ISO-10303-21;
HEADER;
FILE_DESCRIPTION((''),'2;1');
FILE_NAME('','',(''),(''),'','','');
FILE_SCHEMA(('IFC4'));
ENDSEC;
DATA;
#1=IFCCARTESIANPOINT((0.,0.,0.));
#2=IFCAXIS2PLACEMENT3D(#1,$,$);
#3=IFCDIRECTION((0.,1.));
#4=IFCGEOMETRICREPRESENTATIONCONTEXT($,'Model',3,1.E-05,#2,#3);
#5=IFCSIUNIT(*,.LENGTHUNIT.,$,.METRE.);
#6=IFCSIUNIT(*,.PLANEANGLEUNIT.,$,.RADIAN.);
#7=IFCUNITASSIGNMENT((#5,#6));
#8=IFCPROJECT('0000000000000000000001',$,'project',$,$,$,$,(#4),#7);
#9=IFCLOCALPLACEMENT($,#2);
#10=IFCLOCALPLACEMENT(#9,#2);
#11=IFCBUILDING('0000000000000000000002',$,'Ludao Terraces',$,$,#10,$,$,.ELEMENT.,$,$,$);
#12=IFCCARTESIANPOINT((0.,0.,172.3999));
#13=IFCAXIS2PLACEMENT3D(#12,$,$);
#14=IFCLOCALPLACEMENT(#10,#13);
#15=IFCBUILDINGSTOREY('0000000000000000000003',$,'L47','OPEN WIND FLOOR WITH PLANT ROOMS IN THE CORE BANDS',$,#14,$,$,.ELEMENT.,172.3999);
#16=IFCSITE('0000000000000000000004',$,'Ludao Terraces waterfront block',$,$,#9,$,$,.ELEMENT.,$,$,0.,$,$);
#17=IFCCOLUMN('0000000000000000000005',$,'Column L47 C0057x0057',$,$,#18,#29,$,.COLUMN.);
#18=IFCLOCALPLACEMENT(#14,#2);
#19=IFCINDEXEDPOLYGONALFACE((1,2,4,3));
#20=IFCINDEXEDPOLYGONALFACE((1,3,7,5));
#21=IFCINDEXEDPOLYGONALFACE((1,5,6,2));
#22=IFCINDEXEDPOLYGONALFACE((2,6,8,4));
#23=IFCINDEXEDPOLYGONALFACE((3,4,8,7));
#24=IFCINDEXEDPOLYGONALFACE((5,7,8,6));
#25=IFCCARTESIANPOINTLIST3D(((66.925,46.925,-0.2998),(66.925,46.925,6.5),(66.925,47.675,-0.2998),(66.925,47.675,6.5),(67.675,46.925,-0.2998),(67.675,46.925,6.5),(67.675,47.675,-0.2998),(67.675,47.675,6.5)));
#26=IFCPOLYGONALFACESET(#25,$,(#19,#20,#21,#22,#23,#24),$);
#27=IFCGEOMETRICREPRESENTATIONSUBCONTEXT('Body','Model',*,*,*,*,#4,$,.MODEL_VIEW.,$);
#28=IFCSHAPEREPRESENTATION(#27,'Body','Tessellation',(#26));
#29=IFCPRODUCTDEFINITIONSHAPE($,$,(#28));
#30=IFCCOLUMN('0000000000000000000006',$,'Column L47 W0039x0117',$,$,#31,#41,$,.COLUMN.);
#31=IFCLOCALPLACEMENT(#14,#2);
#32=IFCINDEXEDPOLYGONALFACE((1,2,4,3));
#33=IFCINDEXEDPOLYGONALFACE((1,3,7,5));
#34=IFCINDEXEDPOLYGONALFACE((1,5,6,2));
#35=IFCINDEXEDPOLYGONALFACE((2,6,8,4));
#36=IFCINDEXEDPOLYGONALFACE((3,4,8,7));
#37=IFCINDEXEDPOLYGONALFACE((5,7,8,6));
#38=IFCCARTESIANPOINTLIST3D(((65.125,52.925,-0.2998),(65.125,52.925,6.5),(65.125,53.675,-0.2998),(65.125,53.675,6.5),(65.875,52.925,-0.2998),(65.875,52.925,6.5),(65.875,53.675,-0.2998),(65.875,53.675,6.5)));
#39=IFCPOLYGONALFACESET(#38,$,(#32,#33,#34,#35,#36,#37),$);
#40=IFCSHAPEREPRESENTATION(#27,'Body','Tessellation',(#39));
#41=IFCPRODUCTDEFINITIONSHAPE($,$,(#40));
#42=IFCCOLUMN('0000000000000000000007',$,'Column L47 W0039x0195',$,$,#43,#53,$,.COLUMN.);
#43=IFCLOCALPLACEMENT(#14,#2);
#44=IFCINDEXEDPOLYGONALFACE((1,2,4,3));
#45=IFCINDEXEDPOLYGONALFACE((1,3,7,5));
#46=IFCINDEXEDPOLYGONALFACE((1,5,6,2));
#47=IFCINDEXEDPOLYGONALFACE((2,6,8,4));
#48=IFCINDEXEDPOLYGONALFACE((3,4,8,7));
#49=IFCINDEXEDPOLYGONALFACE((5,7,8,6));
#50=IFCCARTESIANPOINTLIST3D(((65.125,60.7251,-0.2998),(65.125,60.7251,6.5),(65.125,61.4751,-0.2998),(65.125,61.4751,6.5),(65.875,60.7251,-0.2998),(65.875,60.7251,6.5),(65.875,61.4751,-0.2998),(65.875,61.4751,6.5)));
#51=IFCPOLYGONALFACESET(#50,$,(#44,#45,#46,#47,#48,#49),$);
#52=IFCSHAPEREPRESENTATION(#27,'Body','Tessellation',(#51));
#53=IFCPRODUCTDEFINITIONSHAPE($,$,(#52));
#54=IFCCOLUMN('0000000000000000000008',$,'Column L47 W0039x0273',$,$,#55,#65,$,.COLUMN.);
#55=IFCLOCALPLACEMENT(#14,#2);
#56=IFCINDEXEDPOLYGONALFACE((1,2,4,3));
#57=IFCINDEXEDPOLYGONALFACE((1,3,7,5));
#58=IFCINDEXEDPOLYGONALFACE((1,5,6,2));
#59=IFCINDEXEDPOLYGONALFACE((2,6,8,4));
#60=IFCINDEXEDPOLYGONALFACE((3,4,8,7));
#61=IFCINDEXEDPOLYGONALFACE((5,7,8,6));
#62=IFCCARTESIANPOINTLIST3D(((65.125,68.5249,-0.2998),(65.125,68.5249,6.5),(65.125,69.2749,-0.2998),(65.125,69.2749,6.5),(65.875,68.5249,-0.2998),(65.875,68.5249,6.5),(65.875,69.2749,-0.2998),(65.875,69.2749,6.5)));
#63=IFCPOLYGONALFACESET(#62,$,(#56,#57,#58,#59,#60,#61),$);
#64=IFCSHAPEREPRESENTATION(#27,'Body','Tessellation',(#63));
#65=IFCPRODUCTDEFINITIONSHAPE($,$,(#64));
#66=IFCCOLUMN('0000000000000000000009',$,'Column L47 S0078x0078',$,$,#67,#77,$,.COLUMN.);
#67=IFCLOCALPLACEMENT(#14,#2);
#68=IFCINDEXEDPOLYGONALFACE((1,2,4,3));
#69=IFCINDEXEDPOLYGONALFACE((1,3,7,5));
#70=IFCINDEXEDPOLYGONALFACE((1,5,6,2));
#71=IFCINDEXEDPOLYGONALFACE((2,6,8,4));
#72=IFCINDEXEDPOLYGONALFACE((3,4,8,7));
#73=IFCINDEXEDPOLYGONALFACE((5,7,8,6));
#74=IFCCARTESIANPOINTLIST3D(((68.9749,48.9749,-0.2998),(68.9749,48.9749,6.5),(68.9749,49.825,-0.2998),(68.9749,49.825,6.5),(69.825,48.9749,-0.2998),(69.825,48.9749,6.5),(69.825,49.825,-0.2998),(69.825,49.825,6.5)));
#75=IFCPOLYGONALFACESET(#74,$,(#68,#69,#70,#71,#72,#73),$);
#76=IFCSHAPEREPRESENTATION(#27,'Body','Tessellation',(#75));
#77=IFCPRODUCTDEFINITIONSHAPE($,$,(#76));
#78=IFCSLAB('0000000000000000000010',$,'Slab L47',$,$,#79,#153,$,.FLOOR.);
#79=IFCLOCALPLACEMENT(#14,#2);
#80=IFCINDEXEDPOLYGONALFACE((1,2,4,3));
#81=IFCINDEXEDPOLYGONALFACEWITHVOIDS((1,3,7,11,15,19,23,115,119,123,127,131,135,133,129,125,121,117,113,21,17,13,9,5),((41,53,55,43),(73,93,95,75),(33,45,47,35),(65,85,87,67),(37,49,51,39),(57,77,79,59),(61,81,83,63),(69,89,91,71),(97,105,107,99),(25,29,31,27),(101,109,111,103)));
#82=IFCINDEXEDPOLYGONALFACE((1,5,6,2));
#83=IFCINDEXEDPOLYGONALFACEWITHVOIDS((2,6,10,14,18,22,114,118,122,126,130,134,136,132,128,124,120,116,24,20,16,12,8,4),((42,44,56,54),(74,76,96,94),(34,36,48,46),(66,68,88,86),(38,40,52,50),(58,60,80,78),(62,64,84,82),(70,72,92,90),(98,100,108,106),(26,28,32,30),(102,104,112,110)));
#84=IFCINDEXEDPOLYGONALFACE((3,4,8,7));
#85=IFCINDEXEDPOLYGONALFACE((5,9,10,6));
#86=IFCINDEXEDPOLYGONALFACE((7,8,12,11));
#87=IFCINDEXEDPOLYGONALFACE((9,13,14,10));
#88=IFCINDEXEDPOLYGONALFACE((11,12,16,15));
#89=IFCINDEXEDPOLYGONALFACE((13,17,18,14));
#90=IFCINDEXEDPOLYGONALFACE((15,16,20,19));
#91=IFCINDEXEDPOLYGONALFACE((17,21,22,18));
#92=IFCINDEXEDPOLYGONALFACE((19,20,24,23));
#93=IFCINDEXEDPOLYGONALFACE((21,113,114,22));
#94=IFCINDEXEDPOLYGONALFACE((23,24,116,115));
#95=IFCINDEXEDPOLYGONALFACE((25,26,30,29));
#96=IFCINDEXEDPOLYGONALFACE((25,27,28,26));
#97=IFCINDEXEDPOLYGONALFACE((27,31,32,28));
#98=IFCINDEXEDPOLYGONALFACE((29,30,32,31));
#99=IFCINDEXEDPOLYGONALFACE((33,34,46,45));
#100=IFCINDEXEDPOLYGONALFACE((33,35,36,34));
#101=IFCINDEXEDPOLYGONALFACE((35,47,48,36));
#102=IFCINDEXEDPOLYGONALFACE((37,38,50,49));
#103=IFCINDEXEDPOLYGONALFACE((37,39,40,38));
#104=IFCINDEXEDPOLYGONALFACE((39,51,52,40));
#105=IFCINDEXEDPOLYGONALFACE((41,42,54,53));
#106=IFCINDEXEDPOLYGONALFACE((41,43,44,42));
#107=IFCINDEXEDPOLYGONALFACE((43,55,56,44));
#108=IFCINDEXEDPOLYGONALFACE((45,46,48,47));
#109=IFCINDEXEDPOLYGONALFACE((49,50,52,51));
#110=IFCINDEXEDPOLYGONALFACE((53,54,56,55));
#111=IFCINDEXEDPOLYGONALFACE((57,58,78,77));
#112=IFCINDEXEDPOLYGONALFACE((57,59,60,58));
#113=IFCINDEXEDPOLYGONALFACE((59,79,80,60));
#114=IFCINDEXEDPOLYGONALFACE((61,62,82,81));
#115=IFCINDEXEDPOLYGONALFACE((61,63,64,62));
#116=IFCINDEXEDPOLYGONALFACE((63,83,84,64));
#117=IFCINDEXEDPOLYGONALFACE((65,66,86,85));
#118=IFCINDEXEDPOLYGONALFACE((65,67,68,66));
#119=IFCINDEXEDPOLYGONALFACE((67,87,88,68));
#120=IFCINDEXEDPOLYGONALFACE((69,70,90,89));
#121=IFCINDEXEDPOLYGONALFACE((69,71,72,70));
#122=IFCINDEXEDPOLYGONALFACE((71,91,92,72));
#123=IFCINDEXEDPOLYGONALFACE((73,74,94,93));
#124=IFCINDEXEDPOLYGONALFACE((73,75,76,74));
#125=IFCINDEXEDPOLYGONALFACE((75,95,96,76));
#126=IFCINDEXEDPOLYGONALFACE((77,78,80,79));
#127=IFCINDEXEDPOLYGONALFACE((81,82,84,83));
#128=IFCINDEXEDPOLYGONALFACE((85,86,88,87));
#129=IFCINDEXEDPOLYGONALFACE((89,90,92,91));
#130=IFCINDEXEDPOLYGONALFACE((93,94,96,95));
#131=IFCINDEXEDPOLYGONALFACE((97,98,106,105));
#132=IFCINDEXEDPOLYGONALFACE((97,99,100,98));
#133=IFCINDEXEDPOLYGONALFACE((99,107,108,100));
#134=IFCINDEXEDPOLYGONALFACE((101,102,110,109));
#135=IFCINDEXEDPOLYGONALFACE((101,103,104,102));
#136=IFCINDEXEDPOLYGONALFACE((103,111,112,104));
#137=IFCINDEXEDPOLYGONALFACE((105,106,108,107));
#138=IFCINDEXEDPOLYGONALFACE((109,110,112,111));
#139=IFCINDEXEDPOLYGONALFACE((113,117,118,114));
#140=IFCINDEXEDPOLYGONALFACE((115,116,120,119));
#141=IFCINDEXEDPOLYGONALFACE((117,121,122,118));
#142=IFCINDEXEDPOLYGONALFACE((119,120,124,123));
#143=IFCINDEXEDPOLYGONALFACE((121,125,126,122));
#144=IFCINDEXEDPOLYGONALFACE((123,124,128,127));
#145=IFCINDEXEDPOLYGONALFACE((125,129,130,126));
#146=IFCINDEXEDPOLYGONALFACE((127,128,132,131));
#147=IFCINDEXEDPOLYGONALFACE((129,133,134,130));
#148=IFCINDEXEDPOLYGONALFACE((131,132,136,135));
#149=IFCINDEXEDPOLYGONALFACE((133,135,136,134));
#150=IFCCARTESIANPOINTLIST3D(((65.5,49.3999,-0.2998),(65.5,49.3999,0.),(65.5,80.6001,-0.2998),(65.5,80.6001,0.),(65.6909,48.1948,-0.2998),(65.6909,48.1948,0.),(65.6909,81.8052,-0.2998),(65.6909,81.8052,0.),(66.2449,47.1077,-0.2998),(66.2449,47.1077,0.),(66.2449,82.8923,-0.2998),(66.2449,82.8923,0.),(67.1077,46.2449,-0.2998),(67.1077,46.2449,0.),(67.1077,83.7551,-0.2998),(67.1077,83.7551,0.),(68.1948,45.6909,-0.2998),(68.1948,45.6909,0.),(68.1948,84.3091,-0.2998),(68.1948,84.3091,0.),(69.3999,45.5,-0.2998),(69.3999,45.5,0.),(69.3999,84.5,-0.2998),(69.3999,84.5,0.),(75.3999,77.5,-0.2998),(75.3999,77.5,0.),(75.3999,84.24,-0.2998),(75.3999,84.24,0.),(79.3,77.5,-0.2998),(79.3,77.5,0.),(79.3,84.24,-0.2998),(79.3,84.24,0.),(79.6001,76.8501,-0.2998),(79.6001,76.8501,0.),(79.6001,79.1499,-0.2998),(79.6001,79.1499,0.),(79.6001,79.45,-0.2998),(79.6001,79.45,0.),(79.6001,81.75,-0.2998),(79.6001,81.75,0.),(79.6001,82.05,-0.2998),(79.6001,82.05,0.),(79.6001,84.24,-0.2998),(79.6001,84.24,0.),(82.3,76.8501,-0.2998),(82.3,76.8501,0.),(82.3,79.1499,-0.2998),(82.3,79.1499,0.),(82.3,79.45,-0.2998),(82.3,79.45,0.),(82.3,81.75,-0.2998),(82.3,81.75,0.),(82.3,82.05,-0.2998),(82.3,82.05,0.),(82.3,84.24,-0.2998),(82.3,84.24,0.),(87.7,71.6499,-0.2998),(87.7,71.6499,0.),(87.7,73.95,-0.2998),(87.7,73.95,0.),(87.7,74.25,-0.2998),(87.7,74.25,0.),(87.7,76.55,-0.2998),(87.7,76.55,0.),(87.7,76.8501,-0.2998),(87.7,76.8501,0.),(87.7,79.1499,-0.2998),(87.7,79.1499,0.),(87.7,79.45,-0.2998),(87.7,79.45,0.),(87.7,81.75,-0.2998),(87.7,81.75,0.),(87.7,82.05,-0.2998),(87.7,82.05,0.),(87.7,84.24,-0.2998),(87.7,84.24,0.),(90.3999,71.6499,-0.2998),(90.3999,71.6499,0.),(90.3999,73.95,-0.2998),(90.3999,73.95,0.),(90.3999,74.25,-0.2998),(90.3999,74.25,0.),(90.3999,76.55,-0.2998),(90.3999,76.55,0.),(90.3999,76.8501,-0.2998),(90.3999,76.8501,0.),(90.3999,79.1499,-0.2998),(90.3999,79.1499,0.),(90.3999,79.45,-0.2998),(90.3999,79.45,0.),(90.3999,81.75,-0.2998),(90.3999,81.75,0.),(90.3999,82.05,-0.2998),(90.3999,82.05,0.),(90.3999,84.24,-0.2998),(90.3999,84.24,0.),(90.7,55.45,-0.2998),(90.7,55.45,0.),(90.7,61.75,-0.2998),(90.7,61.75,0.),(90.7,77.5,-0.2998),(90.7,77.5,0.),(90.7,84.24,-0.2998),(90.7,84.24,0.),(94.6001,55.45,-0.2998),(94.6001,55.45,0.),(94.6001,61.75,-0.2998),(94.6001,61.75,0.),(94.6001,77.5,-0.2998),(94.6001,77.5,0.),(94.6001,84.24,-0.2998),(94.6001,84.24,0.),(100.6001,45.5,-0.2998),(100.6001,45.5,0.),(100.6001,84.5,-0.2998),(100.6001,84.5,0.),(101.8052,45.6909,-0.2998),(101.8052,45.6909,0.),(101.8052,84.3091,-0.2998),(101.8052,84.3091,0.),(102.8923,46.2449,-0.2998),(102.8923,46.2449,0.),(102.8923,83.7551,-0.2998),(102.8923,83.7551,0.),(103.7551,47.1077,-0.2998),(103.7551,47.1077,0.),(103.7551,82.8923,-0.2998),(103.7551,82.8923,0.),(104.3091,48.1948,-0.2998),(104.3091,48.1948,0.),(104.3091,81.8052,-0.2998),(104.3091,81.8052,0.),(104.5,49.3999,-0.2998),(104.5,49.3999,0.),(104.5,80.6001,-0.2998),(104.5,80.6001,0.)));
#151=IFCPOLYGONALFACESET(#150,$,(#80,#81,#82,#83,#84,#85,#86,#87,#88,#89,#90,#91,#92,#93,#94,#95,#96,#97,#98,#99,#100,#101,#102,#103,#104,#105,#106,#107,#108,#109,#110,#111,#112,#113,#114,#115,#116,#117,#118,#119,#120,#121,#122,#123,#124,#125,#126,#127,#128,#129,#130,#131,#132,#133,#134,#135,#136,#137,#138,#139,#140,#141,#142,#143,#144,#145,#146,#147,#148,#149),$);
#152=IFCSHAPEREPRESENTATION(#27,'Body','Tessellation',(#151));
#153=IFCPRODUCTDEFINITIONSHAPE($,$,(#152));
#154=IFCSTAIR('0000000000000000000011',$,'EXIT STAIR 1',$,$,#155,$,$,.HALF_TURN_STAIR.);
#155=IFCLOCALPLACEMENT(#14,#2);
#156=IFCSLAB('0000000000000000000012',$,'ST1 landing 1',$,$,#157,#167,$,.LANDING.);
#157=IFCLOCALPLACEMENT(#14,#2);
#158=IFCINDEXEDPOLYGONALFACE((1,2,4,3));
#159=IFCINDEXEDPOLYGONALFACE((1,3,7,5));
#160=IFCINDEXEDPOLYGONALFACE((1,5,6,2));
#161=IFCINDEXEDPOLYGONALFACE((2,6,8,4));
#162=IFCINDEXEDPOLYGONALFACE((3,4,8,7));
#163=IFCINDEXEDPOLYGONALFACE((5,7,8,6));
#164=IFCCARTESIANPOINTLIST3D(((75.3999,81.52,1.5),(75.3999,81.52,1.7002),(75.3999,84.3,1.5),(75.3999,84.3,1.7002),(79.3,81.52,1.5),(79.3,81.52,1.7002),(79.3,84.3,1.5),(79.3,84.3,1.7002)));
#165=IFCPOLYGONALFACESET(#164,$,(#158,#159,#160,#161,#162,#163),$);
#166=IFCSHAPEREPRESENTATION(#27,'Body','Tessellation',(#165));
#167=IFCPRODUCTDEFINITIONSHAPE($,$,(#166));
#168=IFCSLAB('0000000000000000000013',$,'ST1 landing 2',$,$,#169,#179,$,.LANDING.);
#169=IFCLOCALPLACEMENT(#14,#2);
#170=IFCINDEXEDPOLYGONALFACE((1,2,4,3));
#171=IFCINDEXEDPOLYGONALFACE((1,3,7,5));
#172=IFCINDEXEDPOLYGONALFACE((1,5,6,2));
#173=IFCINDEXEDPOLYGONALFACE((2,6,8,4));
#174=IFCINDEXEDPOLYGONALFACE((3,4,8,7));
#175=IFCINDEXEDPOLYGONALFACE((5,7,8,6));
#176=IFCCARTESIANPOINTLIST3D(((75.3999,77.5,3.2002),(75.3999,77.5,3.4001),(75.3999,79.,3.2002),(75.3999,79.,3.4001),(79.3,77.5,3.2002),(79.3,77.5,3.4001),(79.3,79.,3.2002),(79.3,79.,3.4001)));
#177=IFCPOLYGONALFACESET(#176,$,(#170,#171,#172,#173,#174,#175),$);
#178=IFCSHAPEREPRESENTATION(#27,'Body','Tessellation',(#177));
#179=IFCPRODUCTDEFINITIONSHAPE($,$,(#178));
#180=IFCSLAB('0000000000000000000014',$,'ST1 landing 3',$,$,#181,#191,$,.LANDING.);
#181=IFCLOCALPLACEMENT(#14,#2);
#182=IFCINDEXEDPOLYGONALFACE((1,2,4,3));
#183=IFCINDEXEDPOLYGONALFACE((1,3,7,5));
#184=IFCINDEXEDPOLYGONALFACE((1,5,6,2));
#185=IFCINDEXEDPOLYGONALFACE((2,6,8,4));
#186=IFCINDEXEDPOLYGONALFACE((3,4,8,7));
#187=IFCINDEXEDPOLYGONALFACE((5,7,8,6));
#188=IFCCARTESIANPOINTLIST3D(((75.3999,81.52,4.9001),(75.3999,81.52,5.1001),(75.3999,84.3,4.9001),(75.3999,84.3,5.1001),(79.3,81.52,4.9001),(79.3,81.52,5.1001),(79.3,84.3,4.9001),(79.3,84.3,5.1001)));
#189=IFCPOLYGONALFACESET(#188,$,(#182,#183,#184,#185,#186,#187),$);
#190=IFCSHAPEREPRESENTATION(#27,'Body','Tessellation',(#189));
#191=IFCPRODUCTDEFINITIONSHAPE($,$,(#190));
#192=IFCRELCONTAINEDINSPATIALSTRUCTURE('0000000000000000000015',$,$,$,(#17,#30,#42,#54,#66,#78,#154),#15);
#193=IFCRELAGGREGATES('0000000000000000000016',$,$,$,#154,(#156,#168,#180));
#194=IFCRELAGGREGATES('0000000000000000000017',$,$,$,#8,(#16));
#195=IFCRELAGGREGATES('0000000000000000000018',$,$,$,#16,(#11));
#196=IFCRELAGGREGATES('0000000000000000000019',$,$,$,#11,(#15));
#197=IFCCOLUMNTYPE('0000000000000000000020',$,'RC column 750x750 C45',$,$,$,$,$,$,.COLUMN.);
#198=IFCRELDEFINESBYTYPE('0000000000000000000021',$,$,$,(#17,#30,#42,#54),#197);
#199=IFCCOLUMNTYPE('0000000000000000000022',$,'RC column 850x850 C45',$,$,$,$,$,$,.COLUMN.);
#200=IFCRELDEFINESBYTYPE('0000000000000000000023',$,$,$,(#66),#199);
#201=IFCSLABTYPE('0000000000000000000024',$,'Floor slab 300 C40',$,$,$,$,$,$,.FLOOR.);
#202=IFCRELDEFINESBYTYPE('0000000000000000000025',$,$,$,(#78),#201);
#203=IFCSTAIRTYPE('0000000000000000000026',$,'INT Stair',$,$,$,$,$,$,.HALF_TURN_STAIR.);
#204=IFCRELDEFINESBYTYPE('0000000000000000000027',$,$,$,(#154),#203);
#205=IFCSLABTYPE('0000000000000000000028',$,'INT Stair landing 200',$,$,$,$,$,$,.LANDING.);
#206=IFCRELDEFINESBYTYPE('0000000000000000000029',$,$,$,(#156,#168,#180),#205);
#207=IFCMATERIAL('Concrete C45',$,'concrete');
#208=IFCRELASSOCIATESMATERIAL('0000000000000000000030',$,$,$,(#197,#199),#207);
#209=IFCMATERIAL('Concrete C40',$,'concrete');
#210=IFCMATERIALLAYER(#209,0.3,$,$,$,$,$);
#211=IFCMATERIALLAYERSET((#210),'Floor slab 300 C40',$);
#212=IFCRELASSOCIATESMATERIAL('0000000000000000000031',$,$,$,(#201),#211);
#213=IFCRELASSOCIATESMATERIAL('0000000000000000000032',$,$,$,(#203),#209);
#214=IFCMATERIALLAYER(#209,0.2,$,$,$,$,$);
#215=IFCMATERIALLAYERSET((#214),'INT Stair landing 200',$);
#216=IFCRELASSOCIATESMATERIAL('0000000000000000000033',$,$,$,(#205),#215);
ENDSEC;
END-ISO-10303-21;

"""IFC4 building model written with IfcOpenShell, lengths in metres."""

from ifc_helpers import new_model, si_unit, direction, frame, origin, origin_2d, place, context, subcontext, project, spatial, polyline, rectangle, outline, extrude, material, layer, layer_set, material_profile, profile_set, type_object, element, aggregate, save


model = new_model("IFC4")

# Units and contexts
model_context = context("Model", 3, precision=1e-05, world=origin(), true_north=direction((0.0, 1.0)))
body_context = subcontext(model_context, "Body", "Model", "MODEL_VIEW")
ifc_project = project(units=[si_unit("LENGTHUNIT", "METRE"), si_unit("PLANEANGLEUNIT", "RADIAN")], contexts=[model_context])

# Site, building, storey
site_placement = place(None, origin())
site = spatial("IfcSite", under=ifc_project, at=site_placement, Name="Ludao Terraces waterfront block", CompositionType="ELEMENT", RefElevation=0.0)
building_placement = place(site_placement, origin())
building = spatial("IfcBuilding", under=site, at=building_placement, Name="Ludao Terraces", CompositionType="ELEMENT")
storey_placement = place(building_placement, frame((0.0, 0.0, 172.3999)))
storey = spatial("IfcBuildingStorey", under=building, at=storey_placement, Name="L47", Description="OPEN WIND FLOOR WITH PLANT ROOMS IN THE CORE BANDS", CompositionType="ELEMENT", Elevation=172.3999)

# Columns
ifc_material_1 = material(Name="Concrete C45", Category="concrete")
ifc_material_profile_1 = material_profile(ifc_material_1, rectangle(XDim=0.75, YDim=0.75, at=origin_2d()), Name="750 X 750")
ifc_profile_set_1 = profile_set([ifc_material_profile_1], Name="Concrete C45")
column_type_1 = type_object("IfcColumnType", Name="RC column 750x750 C45", PredefinedType="COLUMN", material=ifc_profile_set_1)
for number, where, z_axis, x_axis, name in (
    (1, (67.3, 47.3, -0.2998), (0.0, 0.0, 1.0), (1.0, 0.0, 0.0), "Column L47 C0057x0057"),
    (2, (65.5, 53.3, -0.2998), (0.0, 0.0, 1.0), (1.0, 0.0, 0.0), "Column L47 W0039x0117"),
    (3, (65.5, 61.1001, -0.2998), (0.0, 0.0, 1.0), (1.0, 0.0, 0.0), "Column L47 W0039x0195"),
    (4, (65.5, 68.8999, -0.2998), (0.0, 0.0, 1.0), (1.0, 0.0, 0.0), "Column L47 W0039x0273"),
):
    element("IfcColumn", number, at=place(storey_placement, frame(where, z_axis=z_axis, x_axis=x_axis)), inside=storey, type_object=column_type_1, Name=name, PredefinedType="COLUMN", context=body_context, shape_type="SweptSolid", body=[
        extrude(rectangle(XDim=0.75, YDim=0.75, at=origin_2d()), origin(), (0.0, 0.0, 1.0), 6.7998),
    ])
ifc_material_profile_2 = material_profile(ifc_material_1, rectangle(XDim=0.8501, YDim=0.8501, at=origin_2d()), Name="850 X 850")
ifc_profile_set_2 = profile_set([ifc_material_profile_2], Name="Concrete C45")
column_type_2 = type_object("IfcColumnType", Name="RC column 850x850 C45", PredefinedType="COLUMN", material=ifc_profile_set_2)
column_placement = place(storey_placement, frame((69.3999, 49.3999, -0.2998), z_axis=(0.0, 0.0, 1.0), x_axis=(1.0, 0.0, 0.0)))
element("IfcColumn", 5, at=column_placement, inside=storey, type_object=column_type_2, Name="Column L47 S0078x0078", PredefinedType="COLUMN", context=body_context, shape_type="SweptSolid", body=[
    extrude(rectangle(XDim=0.8501, YDim=0.8501, at=origin_2d()), origin(), (0.0, 0.0, 1.0), 6.7998),
])

# Slab
ifc_material_2 = material(Name="Concrete C40", Category="concrete")
ifc_layer_1 = layer(ifc_material_2, 0.3)
ifc_layer_set_1 = layer_set([ifc_layer_1], Name="Floor slab 300 C40")
slab_type_1 = type_object("IfcSlabType", Name="Floor slab 300 C40", PredefinedType="FLOOR", material=ifc_layer_set_1)
slab_1_placement = place(storey_placement, frame((0.0, 0.0, -0.2998)))
element("IfcSlab", 6, at=slab_1_placement, inside=storey, type_object=slab_type_1, Name="Slab L47", PredefinedType="FLOOR", context=body_context, shape_type="SweptSolid", body=[
    extrude(outline(polyline([(100.6001, 45.5), (101.8052, 45.6909), (102.8923, 46.2449), (103.7551, 47.1077), (104.3091, 48.1948), (104.5, 49.3999), (104.5, 80.6001), (104.3091, 81.8052), (103.7551, 82.8923), (102.8923, 83.7551), (101.8052, 84.3091), (100.6001, 84.5), (69.3999, 84.5), (68.1948, 84.3091), (67.1077, 83.7551), (66.2449, 82.8923), (65.6909, 81.8052), (65.5, 80.6001), (65.5, 49.3999), (65.6909, 48.1948), (66.2449, 47.1077), (67.1077, 46.2449), (68.1948, 45.6909), (69.3999, 45.5), (100.6001, 45.5)]), holes=[polyline([(79.6001, 76.8501), (82.3, 76.8501), (82.3, 79.1499), (79.6001, 79.1499), (79.6001, 76.8501)]), polyline([(79.6001, 79.45), (82.3, 79.45), (82.3, 81.75), (79.6001, 81.75), (79.6001, 79.45)]), polyline([(79.6001, 82.05), (82.3, 82.05), (82.3, 84.24), (79.6001, 84.24), (79.6001, 82.05)]), polyline([(87.7, 71.6499), (90.3999, 71.6499), (90.3999, 73.95), (87.7, 73.95), (87.7, 71.6499)]), polyline([(87.7, 74.25), (90.3999, 74.25), (90.3999, 76.55), (87.7, 76.55), (87.7, 74.25)]), polyline([(87.7, 76.8501), (90.3999, 76.8501), (90.3999, 79.1499), (87.7, 79.1499), (87.7, 76.8501)]), polyline([(87.7, 79.45), (90.3999, 79.45), (90.3999, 81.75), (87.7, 81.75), (87.7, 79.45)]), polyline([(87.7, 82.05), (90.3999, 82.05), (90.3999, 84.24), (87.7, 84.24), (87.7, 82.05)]), polyline([(75.3999, 77.5), (79.3, 77.5), (79.3, 84.24), (75.3999, 84.24), (75.3999, 77.5)]), polyline([(90.7, 77.5), (94.6001, 77.5), (94.6001, 84.24), (90.7, 84.24), (90.7, 77.5)]), polyline([(90.7, 55.45), (94.6001, 55.45), (94.6001, 61.75), (90.7, 61.75), (90.7, 55.45)])]), origin(), (0.0, 0.0, 1.0), 0.2998),
])

# Stair, slabs
stair_type = type_object("IfcStairType", Name="INT Stair", PredefinedType="HALF_TURN_STAIR", material=ifc_material_2)
stair_1_placement = place(storey_placement, origin())
stair_1 = element("IfcStair", 7, at=stair_1_placement, inside=storey, type_object=stair_type, Name="EXIT STAIR 1", PredefinedType="HALF_TURN_STAIR")
ifc_layer_2 = layer(ifc_material_2, 0.2)
ifc_layer_set_2 = layer_set([ifc_layer_2], Name="INT Stair landing 200")
slab_type_2 = type_object("IfcSlabType", Name="INT Stair landing 200", PredefinedType="LANDING", material=ifc_layer_set_2)
slab_2_placement = place(storey_placement, frame((0.0, 0.0, 1.5)))
slab_2 = element("IfcSlab", 8, at=slab_2_placement, type_object=slab_type_2, Name="ST1 landing 1", PredefinedType="LANDING", context=body_context, shape_type="SweptSolid", body=[
    extrude(outline(polyline([(75.3999, 81.52), (79.3, 81.52), (79.3, 84.3), (75.3999, 84.3), (75.3999, 81.52)])), origin(), (0.0, 0.0, 1.0), 0.2002),
])
slab_3_placement = place(storey_placement, frame((0.0, 0.0, 3.2002)))
slab_3 = element("IfcSlab", 9, at=slab_3_placement, type_object=slab_type_2, Name="ST1 landing 2", PredefinedType="LANDING", context=body_context, shape_type="SweptSolid", body=[
    extrude(outline(polyline([(75.3999, 77.5), (79.3, 77.5), (79.3, 79.0), (75.3999, 79.0), (75.3999, 77.5)])), origin(), (0.0, 0.0, 1.0), 0.2),
])
slab_4_placement = place(storey_placement, frame((0.0, 0.0, 4.9001)))
slab_4 = element("IfcSlab", 10, at=slab_4_placement, type_object=slab_type_2, Name="ST1 landing 3", PredefinedType="LANDING", context=body_context, shape_type="SweptSolid", body=[
    extrude(outline(polyline([(75.3999, 81.52), (79.3, 81.52), (79.3, 84.3), (75.3999, 84.3), (75.3999, 81.52)])), origin(), (0.0, 0.0, 1.0), 0.2),
])
aggregate(stair_1, [slab_2, slab_3, slab_4])

save(model, "model.ifc")
